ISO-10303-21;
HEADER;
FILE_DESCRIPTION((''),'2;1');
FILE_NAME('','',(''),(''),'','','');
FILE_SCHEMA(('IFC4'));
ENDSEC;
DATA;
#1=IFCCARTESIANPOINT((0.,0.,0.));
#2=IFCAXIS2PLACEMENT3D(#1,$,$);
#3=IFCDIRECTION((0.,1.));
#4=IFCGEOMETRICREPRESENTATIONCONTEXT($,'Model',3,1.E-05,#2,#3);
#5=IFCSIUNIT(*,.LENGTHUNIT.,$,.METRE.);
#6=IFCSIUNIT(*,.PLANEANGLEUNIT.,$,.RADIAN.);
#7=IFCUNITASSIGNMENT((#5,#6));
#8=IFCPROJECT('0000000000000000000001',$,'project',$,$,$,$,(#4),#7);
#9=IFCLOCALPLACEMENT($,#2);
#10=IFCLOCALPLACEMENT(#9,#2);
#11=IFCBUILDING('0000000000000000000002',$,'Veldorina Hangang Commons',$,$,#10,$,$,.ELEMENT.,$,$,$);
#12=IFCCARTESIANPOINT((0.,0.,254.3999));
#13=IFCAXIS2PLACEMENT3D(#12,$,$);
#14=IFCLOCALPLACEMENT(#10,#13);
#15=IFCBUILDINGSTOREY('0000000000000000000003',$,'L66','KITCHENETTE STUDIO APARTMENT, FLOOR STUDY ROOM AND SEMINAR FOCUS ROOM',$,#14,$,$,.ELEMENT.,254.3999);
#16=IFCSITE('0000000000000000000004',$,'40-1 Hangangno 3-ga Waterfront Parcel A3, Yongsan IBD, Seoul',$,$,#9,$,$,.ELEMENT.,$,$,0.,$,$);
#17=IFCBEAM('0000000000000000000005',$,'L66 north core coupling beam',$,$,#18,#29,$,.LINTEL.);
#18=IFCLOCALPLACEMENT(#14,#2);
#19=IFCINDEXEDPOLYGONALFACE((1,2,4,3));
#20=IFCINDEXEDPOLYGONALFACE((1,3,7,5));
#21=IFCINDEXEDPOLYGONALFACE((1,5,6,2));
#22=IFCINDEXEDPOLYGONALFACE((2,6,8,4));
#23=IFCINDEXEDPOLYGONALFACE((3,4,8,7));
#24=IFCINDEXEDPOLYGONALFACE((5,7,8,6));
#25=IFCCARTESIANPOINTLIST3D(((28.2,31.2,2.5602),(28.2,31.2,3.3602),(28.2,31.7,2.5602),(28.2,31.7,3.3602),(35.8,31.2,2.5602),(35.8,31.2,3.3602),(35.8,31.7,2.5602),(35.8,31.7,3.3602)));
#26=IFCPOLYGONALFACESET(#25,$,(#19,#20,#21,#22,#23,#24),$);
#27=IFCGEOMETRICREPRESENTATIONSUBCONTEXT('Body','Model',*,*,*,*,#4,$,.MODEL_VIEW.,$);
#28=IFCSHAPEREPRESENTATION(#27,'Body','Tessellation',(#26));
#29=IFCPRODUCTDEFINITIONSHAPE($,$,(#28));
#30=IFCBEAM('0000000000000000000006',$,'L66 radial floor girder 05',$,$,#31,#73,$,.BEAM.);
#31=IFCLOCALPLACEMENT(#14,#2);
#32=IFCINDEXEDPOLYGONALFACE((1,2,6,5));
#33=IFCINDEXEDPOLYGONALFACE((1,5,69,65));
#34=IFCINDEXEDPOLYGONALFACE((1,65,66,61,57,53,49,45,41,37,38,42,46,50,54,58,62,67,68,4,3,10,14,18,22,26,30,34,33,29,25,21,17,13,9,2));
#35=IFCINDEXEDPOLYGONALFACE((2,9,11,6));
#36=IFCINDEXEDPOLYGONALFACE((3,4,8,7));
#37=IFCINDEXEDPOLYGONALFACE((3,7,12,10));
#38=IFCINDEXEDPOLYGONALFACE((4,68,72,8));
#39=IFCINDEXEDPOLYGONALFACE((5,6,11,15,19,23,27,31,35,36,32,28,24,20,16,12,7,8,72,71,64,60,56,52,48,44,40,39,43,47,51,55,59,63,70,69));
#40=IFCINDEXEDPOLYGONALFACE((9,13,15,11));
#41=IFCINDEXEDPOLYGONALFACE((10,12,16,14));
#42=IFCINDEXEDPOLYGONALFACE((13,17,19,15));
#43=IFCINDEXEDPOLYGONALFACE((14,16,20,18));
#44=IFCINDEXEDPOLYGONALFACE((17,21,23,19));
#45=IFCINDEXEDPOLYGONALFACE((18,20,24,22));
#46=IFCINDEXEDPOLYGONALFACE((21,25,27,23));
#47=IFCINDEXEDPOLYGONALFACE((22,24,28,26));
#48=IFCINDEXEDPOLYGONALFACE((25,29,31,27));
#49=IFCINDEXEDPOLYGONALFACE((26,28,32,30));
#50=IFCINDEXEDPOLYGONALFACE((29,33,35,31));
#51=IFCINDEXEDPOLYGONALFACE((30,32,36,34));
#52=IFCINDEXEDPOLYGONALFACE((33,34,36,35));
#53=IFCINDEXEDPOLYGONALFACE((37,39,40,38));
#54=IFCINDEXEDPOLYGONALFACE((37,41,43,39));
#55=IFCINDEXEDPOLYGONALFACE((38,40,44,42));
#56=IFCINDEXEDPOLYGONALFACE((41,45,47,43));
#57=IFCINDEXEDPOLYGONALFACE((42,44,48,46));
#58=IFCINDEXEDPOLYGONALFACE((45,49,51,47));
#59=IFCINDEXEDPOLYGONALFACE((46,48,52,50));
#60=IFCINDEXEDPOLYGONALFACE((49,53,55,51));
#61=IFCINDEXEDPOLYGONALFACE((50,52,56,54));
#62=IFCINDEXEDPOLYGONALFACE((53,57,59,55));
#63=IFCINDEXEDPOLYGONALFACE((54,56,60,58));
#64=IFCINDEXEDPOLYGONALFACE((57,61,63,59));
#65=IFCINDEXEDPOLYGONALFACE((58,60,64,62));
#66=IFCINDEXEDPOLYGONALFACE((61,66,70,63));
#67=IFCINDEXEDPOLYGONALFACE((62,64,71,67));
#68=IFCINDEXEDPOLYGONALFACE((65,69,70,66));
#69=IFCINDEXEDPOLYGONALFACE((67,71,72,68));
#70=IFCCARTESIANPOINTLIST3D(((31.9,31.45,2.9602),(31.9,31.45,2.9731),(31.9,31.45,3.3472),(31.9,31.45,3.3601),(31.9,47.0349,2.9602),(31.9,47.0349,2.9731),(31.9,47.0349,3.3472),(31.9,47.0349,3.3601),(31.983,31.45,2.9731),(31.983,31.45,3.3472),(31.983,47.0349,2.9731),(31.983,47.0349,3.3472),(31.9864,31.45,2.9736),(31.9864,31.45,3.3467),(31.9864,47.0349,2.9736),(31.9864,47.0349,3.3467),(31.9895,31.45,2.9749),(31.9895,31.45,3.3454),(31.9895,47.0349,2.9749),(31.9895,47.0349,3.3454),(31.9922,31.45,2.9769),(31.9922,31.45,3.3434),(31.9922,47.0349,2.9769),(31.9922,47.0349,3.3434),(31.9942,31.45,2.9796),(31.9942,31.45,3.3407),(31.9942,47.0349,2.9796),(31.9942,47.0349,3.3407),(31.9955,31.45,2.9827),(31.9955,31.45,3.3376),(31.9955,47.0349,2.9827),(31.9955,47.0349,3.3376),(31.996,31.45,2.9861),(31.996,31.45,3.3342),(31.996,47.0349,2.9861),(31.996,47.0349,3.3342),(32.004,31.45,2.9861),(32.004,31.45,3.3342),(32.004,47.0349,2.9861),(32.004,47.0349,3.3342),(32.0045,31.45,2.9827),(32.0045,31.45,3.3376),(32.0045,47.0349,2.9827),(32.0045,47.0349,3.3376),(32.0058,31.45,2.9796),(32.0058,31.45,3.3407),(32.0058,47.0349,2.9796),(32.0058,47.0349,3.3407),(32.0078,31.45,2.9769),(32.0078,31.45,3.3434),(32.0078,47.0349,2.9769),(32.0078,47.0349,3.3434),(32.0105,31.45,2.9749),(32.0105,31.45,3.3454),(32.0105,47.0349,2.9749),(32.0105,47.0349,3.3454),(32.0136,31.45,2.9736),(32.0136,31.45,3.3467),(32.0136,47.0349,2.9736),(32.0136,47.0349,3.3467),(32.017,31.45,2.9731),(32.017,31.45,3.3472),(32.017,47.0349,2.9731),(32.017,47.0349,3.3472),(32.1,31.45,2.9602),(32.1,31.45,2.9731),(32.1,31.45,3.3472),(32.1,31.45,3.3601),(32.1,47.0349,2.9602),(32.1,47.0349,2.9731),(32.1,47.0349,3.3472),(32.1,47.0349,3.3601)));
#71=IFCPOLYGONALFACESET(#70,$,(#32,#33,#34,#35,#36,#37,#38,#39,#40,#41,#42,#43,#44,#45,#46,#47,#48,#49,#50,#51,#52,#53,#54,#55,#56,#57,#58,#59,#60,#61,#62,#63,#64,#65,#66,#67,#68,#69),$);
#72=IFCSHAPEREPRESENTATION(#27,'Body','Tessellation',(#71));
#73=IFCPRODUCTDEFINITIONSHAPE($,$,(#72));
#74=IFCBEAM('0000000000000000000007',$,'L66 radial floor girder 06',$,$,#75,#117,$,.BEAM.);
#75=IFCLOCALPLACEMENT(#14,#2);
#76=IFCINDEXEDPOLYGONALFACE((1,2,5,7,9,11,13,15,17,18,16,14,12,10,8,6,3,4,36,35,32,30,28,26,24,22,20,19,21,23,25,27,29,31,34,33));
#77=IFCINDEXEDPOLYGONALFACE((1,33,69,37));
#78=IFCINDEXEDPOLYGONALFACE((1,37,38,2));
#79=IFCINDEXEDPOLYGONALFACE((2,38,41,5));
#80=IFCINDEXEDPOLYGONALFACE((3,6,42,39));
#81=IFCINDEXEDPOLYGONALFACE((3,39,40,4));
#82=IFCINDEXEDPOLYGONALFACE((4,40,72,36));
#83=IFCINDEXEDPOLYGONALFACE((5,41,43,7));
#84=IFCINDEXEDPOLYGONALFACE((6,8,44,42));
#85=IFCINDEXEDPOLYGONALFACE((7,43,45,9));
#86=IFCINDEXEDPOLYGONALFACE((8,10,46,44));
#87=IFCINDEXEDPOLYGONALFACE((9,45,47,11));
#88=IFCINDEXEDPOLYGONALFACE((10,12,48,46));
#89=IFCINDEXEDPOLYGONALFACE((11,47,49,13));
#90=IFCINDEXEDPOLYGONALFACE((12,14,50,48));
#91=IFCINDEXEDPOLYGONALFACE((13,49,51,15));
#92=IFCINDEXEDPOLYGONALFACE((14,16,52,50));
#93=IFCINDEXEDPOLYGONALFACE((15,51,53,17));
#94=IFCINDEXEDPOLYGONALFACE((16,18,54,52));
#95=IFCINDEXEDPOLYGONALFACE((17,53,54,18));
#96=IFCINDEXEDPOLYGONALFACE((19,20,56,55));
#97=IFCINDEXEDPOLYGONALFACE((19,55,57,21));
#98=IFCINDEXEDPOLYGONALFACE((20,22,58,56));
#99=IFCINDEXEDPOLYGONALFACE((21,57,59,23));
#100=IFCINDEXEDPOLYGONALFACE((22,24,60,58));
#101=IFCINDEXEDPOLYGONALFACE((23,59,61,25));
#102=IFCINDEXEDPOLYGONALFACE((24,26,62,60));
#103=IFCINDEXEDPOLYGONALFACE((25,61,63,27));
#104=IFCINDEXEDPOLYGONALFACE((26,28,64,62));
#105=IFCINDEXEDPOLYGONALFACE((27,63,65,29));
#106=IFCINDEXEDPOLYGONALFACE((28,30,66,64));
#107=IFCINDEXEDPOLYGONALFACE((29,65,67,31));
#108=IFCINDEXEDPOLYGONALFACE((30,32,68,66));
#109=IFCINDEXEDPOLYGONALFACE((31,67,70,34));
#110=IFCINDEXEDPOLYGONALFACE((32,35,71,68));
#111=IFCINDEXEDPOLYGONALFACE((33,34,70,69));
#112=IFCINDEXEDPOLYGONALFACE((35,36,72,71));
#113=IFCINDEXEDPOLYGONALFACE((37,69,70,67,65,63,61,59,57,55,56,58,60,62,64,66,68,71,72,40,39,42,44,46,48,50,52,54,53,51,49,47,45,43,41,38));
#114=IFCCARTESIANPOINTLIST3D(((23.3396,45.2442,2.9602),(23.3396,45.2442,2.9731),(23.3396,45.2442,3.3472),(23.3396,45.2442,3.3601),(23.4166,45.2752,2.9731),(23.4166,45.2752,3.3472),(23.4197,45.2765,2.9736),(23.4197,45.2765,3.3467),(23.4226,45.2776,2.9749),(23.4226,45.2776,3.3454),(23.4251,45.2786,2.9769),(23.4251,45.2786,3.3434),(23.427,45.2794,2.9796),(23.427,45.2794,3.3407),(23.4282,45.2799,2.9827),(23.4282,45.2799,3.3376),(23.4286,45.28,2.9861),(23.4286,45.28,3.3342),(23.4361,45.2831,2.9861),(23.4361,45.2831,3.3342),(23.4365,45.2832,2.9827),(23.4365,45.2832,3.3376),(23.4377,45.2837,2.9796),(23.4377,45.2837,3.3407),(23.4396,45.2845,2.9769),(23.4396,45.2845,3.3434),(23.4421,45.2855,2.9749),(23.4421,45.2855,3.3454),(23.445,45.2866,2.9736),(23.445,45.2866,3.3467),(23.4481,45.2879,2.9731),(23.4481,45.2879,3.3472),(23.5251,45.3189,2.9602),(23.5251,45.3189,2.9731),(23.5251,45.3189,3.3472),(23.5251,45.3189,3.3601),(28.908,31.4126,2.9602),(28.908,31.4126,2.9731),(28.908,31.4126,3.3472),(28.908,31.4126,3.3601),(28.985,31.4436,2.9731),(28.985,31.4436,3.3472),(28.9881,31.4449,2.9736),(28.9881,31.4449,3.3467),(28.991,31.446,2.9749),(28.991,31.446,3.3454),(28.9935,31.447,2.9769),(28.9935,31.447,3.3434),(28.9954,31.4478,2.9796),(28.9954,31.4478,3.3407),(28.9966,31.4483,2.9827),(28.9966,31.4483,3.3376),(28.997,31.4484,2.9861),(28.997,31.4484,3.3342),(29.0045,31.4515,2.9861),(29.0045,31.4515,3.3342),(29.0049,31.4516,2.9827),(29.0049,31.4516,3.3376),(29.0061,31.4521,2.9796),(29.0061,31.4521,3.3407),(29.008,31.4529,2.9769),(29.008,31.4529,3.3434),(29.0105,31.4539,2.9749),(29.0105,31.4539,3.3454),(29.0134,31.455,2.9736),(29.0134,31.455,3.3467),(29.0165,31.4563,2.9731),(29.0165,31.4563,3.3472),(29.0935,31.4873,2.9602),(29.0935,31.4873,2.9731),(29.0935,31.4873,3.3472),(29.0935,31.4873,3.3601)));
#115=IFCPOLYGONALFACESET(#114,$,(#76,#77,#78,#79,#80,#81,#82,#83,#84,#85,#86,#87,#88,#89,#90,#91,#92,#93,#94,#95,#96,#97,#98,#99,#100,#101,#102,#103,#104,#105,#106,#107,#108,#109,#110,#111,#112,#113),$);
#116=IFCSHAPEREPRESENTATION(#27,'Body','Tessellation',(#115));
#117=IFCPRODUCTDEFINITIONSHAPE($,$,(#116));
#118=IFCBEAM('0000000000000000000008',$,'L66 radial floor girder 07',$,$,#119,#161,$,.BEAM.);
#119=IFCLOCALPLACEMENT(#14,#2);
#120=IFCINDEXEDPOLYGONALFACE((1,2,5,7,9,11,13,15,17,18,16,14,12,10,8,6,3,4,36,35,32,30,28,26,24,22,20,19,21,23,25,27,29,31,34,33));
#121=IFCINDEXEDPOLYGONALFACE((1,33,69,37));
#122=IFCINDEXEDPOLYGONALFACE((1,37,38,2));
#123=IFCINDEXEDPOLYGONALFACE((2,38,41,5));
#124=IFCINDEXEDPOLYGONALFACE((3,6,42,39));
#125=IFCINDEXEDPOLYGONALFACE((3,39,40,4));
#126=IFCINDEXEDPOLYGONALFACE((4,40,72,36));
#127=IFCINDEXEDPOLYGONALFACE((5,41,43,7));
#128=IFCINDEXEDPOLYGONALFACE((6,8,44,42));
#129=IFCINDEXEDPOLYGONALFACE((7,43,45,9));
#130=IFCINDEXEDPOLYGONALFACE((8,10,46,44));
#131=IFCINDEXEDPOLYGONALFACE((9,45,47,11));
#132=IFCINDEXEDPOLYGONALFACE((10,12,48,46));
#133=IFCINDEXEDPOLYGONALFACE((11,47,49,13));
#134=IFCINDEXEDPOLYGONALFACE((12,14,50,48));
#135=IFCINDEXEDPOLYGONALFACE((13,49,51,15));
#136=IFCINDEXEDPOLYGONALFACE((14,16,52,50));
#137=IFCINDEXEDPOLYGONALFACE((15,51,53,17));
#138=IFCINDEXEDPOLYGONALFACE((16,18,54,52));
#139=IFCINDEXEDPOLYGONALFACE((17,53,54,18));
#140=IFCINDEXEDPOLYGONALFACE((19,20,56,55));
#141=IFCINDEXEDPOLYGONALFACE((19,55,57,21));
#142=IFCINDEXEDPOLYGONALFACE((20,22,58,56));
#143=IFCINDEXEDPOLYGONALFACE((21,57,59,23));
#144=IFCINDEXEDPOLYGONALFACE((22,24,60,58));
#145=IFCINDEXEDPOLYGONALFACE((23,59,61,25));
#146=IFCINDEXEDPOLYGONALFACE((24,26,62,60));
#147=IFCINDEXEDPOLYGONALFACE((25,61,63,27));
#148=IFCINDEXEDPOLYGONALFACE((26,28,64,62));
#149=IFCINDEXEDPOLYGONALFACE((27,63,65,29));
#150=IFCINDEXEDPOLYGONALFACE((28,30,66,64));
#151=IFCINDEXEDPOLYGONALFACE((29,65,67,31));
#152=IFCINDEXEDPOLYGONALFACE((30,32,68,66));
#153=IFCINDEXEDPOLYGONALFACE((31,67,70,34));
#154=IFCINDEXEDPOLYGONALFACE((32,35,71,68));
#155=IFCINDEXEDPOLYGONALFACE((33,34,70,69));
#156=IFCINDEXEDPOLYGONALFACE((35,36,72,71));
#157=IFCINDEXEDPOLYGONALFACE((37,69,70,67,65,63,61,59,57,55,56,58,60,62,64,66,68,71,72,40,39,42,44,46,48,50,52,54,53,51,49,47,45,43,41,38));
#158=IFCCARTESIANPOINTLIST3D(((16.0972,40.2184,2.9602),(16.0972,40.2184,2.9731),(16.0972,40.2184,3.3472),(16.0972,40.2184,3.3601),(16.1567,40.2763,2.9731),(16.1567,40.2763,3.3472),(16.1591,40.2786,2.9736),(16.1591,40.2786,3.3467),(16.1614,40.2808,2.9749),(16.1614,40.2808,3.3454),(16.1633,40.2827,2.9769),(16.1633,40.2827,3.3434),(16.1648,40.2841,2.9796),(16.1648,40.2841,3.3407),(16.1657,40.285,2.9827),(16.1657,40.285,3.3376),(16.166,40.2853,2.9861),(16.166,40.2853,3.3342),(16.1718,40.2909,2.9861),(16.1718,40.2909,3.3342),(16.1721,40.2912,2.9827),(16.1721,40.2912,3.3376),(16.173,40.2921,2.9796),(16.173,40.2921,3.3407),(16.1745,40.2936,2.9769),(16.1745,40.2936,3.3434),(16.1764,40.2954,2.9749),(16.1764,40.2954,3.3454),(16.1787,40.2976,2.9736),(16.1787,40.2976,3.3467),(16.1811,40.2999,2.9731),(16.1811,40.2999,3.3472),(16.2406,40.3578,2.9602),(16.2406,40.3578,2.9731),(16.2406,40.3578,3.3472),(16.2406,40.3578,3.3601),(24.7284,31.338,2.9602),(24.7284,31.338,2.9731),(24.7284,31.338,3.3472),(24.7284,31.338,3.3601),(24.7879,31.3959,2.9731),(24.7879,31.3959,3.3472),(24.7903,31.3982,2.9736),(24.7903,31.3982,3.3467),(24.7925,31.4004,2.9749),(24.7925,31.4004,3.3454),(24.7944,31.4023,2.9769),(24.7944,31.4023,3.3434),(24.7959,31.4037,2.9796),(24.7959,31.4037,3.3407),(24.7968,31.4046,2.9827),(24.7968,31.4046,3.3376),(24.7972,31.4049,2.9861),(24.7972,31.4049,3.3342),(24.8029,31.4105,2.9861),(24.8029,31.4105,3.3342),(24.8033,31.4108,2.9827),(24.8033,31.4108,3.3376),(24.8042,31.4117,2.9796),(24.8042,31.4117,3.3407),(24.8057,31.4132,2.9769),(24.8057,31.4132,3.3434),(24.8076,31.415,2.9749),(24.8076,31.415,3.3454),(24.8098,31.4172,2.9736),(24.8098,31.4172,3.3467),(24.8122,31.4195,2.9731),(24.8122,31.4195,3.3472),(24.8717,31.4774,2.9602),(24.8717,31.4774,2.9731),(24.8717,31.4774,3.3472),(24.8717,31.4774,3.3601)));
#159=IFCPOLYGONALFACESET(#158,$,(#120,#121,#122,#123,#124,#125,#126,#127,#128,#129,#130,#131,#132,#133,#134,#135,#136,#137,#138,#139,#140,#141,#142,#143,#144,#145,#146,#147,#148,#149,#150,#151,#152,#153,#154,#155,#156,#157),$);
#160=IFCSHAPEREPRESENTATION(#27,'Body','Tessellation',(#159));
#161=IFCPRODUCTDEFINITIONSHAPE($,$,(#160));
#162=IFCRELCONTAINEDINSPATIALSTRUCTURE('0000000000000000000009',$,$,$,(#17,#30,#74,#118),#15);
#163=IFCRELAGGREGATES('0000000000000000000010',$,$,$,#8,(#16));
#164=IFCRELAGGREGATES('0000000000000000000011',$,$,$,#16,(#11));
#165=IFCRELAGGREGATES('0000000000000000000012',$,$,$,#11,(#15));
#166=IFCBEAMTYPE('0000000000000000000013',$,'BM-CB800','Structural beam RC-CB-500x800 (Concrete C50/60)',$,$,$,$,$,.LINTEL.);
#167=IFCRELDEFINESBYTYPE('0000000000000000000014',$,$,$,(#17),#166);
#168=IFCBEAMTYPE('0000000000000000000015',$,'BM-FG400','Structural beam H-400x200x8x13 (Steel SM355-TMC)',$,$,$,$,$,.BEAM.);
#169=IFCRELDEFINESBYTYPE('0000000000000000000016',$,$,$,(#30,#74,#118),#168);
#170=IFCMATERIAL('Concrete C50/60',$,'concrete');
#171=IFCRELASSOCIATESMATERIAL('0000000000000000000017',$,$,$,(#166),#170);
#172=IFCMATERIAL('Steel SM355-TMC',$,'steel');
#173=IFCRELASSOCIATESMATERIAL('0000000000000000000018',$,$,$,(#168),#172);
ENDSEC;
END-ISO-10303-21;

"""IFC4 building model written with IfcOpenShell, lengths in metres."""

from ifc_helpers import new_model, si_unit, direction, frame, origin, origin_2d, place, context, subcontext, project, spatial, rectangle, i_section, extrude, material, material_profile, profile_set, type_object, element, save


model = new_model("IFC4")

# Units and contexts
model_context = context("Model", 3, precision=1e-05, world=origin(), true_north=direction((0.0, 1.0)))
body_context = subcontext(model_context, "Body", "Model", "MODEL_VIEW")
ifc_project = project(units=[si_unit("LENGTHUNIT", "METRE"), si_unit("PLANEANGLEUNIT", "RADIAN")], contexts=[model_context])

# Site, building, storey
site_placement = place(None, origin())
site = spatial("IfcSite", under=ifc_project, at=site_placement, Name="40-1 Hangangno 3-ga Waterfront Parcel A3, Yongsan IBD, Seoul", CompositionType="ELEMENT", RefElevation=0.0)
building_placement = place(site_placement, origin())
building = spatial("IfcBuilding", under=site, at=building_placement, Name="Veldorina Hangang Commons", CompositionType="ELEMENT")
storey_placement = place(building_placement, frame((0.0, 0.0, 254.3999)))
storey = spatial("IfcBuildingStorey", under=building, at=storey_placement, Name="L66", Description="KITCHENETTE STUDIO APARTMENT, FLOOR STUDY ROOM AND SEMINAR FOCUS ROOM", CompositionType="ELEMENT", Elevation=254.3999)

# Beams
ifc_material_1 = material(Name="Concrete C50/60", Category="concrete")
ifc_material_profile_1 = material_profile(ifc_material_1, rectangle(XDim=0.5, YDim=0.8, at=origin_2d()), Name="RC-CB-500x800")
ifc_profile_set_1 = profile_set([ifc_material_profile_1], Name="Concrete C50/60")
beam_type_1 = type_object("IfcBeamType", Name="BM-CB800", Description="Structural beam RC-CB-500x800 (Concrete C50/60)", PredefinedType="LINTEL", material=ifc_profile_set_1)
beam_1_placement = place(storey_placement, frame((28.2, 31.45, 2.9602), z_axis=(1.0, 0.0, 0.0), x_axis=(0.0, 1.0, 0.0)))
element("IfcBeam", 1, at=beam_1_placement, inside=storey, type_object=beam_type_1, Name="L66 north core coupling beam", PredefinedType="LINTEL", context=body_context, shape_type="SweptSolid", body=[
    extrude(rectangle(XDim=0.5, YDim=0.8, at=origin_2d()), origin(), (0.0, 0.0, 1.0), 7.6001),
])
ifc_material_2 = material(Name="Steel SM355-TMC", Category="steel")
ifc_material_profile_2 = material_profile(ifc_material_2, i_section(OverallWidth=0.2, OverallDepth=0.3999, WebThickness=0.0081, FlangeThickness=0.0129, FilletRadius=0.0129, at=origin_2d()), Name="H-400x200x8x13")
ifc_profile_set_2 = profile_set([ifc_material_profile_2], Name="Steel SM355-TMC")
beam_type_2 = type_object("IfcBeamType", Name="BM-FG400", Description="Structural beam H-400x200x8x13 (Steel SM355-TMC)", PredefinedType="BEAM", material=ifc_profile_set_2)
beam_2_placement = place(storey_placement, frame((32.0, 31.45, 3.1602), z_axis=(0.0, 1.0, 0.0), x_axis=(-1.0, 0.0, 0.0)))
element("IfcBeam", 2, at=beam_2_placement, inside=storey, type_object=beam_type_2, Name="L66 radial floor girder 05", PredefinedType="BEAM", context=body_context, shape_type="SweptSolid", body=[
    extrude(i_section(OverallWidth=0.2, OverallDepth=0.3999, WebThickness=0.0081, FlangeThickness=0.0129, FilletRadius=0.0129, at=origin_2d()), origin(), (0.0, 0.0, 1.0), 15.585),
])
beam_3_placement = place(storey_placement, frame((29.0007, 31.45, 3.1602), z_axis=(-0.373456, 0.927648, 0.0), x_axis=(-0.927648, -0.373456, 0.0)))
element("IfcBeam", 3, at=beam_3_placement, inside=storey, type_object=beam_type_2, Name="L66 radial floor girder 06", PredefinedType="BEAM", context=body_context, shape_type="SweptSolid", body=[
    extrude(i_section(OverallWidth=0.2, OverallDepth=0.3999, WebThickness=0.0081, FlangeThickness=0.0129, FilletRadius=0.0129, at=origin_2d()), origin(), (0.0, 0.0, 1.0), 14.9104),
])
beam_4_placement = place(storey_placement, frame((24.8, 31.4077, 3.1602), z_axis=(-0.696971, 0.717099, 0.0), x_axis=(-0.717099, -0.696971, 0.0)))
element("IfcBeam", 4, at=beam_4_placement, inside=storey, type_object=beam_type_2, Name="L66 radial floor girder 07", PredefinedType="BEAM", context=body_context, shape_type="SweptSolid", body=[
    extrude(i_section(OverallWidth=0.2, OverallDepth=0.3999, WebThickness=0.0081, FlangeThickness=0.0129, FilletRadius=0.0129, at=origin_2d()), origin(), (0.0, 0.0, 1.0), 12.3838),
])

save(model, "model.ifc")
